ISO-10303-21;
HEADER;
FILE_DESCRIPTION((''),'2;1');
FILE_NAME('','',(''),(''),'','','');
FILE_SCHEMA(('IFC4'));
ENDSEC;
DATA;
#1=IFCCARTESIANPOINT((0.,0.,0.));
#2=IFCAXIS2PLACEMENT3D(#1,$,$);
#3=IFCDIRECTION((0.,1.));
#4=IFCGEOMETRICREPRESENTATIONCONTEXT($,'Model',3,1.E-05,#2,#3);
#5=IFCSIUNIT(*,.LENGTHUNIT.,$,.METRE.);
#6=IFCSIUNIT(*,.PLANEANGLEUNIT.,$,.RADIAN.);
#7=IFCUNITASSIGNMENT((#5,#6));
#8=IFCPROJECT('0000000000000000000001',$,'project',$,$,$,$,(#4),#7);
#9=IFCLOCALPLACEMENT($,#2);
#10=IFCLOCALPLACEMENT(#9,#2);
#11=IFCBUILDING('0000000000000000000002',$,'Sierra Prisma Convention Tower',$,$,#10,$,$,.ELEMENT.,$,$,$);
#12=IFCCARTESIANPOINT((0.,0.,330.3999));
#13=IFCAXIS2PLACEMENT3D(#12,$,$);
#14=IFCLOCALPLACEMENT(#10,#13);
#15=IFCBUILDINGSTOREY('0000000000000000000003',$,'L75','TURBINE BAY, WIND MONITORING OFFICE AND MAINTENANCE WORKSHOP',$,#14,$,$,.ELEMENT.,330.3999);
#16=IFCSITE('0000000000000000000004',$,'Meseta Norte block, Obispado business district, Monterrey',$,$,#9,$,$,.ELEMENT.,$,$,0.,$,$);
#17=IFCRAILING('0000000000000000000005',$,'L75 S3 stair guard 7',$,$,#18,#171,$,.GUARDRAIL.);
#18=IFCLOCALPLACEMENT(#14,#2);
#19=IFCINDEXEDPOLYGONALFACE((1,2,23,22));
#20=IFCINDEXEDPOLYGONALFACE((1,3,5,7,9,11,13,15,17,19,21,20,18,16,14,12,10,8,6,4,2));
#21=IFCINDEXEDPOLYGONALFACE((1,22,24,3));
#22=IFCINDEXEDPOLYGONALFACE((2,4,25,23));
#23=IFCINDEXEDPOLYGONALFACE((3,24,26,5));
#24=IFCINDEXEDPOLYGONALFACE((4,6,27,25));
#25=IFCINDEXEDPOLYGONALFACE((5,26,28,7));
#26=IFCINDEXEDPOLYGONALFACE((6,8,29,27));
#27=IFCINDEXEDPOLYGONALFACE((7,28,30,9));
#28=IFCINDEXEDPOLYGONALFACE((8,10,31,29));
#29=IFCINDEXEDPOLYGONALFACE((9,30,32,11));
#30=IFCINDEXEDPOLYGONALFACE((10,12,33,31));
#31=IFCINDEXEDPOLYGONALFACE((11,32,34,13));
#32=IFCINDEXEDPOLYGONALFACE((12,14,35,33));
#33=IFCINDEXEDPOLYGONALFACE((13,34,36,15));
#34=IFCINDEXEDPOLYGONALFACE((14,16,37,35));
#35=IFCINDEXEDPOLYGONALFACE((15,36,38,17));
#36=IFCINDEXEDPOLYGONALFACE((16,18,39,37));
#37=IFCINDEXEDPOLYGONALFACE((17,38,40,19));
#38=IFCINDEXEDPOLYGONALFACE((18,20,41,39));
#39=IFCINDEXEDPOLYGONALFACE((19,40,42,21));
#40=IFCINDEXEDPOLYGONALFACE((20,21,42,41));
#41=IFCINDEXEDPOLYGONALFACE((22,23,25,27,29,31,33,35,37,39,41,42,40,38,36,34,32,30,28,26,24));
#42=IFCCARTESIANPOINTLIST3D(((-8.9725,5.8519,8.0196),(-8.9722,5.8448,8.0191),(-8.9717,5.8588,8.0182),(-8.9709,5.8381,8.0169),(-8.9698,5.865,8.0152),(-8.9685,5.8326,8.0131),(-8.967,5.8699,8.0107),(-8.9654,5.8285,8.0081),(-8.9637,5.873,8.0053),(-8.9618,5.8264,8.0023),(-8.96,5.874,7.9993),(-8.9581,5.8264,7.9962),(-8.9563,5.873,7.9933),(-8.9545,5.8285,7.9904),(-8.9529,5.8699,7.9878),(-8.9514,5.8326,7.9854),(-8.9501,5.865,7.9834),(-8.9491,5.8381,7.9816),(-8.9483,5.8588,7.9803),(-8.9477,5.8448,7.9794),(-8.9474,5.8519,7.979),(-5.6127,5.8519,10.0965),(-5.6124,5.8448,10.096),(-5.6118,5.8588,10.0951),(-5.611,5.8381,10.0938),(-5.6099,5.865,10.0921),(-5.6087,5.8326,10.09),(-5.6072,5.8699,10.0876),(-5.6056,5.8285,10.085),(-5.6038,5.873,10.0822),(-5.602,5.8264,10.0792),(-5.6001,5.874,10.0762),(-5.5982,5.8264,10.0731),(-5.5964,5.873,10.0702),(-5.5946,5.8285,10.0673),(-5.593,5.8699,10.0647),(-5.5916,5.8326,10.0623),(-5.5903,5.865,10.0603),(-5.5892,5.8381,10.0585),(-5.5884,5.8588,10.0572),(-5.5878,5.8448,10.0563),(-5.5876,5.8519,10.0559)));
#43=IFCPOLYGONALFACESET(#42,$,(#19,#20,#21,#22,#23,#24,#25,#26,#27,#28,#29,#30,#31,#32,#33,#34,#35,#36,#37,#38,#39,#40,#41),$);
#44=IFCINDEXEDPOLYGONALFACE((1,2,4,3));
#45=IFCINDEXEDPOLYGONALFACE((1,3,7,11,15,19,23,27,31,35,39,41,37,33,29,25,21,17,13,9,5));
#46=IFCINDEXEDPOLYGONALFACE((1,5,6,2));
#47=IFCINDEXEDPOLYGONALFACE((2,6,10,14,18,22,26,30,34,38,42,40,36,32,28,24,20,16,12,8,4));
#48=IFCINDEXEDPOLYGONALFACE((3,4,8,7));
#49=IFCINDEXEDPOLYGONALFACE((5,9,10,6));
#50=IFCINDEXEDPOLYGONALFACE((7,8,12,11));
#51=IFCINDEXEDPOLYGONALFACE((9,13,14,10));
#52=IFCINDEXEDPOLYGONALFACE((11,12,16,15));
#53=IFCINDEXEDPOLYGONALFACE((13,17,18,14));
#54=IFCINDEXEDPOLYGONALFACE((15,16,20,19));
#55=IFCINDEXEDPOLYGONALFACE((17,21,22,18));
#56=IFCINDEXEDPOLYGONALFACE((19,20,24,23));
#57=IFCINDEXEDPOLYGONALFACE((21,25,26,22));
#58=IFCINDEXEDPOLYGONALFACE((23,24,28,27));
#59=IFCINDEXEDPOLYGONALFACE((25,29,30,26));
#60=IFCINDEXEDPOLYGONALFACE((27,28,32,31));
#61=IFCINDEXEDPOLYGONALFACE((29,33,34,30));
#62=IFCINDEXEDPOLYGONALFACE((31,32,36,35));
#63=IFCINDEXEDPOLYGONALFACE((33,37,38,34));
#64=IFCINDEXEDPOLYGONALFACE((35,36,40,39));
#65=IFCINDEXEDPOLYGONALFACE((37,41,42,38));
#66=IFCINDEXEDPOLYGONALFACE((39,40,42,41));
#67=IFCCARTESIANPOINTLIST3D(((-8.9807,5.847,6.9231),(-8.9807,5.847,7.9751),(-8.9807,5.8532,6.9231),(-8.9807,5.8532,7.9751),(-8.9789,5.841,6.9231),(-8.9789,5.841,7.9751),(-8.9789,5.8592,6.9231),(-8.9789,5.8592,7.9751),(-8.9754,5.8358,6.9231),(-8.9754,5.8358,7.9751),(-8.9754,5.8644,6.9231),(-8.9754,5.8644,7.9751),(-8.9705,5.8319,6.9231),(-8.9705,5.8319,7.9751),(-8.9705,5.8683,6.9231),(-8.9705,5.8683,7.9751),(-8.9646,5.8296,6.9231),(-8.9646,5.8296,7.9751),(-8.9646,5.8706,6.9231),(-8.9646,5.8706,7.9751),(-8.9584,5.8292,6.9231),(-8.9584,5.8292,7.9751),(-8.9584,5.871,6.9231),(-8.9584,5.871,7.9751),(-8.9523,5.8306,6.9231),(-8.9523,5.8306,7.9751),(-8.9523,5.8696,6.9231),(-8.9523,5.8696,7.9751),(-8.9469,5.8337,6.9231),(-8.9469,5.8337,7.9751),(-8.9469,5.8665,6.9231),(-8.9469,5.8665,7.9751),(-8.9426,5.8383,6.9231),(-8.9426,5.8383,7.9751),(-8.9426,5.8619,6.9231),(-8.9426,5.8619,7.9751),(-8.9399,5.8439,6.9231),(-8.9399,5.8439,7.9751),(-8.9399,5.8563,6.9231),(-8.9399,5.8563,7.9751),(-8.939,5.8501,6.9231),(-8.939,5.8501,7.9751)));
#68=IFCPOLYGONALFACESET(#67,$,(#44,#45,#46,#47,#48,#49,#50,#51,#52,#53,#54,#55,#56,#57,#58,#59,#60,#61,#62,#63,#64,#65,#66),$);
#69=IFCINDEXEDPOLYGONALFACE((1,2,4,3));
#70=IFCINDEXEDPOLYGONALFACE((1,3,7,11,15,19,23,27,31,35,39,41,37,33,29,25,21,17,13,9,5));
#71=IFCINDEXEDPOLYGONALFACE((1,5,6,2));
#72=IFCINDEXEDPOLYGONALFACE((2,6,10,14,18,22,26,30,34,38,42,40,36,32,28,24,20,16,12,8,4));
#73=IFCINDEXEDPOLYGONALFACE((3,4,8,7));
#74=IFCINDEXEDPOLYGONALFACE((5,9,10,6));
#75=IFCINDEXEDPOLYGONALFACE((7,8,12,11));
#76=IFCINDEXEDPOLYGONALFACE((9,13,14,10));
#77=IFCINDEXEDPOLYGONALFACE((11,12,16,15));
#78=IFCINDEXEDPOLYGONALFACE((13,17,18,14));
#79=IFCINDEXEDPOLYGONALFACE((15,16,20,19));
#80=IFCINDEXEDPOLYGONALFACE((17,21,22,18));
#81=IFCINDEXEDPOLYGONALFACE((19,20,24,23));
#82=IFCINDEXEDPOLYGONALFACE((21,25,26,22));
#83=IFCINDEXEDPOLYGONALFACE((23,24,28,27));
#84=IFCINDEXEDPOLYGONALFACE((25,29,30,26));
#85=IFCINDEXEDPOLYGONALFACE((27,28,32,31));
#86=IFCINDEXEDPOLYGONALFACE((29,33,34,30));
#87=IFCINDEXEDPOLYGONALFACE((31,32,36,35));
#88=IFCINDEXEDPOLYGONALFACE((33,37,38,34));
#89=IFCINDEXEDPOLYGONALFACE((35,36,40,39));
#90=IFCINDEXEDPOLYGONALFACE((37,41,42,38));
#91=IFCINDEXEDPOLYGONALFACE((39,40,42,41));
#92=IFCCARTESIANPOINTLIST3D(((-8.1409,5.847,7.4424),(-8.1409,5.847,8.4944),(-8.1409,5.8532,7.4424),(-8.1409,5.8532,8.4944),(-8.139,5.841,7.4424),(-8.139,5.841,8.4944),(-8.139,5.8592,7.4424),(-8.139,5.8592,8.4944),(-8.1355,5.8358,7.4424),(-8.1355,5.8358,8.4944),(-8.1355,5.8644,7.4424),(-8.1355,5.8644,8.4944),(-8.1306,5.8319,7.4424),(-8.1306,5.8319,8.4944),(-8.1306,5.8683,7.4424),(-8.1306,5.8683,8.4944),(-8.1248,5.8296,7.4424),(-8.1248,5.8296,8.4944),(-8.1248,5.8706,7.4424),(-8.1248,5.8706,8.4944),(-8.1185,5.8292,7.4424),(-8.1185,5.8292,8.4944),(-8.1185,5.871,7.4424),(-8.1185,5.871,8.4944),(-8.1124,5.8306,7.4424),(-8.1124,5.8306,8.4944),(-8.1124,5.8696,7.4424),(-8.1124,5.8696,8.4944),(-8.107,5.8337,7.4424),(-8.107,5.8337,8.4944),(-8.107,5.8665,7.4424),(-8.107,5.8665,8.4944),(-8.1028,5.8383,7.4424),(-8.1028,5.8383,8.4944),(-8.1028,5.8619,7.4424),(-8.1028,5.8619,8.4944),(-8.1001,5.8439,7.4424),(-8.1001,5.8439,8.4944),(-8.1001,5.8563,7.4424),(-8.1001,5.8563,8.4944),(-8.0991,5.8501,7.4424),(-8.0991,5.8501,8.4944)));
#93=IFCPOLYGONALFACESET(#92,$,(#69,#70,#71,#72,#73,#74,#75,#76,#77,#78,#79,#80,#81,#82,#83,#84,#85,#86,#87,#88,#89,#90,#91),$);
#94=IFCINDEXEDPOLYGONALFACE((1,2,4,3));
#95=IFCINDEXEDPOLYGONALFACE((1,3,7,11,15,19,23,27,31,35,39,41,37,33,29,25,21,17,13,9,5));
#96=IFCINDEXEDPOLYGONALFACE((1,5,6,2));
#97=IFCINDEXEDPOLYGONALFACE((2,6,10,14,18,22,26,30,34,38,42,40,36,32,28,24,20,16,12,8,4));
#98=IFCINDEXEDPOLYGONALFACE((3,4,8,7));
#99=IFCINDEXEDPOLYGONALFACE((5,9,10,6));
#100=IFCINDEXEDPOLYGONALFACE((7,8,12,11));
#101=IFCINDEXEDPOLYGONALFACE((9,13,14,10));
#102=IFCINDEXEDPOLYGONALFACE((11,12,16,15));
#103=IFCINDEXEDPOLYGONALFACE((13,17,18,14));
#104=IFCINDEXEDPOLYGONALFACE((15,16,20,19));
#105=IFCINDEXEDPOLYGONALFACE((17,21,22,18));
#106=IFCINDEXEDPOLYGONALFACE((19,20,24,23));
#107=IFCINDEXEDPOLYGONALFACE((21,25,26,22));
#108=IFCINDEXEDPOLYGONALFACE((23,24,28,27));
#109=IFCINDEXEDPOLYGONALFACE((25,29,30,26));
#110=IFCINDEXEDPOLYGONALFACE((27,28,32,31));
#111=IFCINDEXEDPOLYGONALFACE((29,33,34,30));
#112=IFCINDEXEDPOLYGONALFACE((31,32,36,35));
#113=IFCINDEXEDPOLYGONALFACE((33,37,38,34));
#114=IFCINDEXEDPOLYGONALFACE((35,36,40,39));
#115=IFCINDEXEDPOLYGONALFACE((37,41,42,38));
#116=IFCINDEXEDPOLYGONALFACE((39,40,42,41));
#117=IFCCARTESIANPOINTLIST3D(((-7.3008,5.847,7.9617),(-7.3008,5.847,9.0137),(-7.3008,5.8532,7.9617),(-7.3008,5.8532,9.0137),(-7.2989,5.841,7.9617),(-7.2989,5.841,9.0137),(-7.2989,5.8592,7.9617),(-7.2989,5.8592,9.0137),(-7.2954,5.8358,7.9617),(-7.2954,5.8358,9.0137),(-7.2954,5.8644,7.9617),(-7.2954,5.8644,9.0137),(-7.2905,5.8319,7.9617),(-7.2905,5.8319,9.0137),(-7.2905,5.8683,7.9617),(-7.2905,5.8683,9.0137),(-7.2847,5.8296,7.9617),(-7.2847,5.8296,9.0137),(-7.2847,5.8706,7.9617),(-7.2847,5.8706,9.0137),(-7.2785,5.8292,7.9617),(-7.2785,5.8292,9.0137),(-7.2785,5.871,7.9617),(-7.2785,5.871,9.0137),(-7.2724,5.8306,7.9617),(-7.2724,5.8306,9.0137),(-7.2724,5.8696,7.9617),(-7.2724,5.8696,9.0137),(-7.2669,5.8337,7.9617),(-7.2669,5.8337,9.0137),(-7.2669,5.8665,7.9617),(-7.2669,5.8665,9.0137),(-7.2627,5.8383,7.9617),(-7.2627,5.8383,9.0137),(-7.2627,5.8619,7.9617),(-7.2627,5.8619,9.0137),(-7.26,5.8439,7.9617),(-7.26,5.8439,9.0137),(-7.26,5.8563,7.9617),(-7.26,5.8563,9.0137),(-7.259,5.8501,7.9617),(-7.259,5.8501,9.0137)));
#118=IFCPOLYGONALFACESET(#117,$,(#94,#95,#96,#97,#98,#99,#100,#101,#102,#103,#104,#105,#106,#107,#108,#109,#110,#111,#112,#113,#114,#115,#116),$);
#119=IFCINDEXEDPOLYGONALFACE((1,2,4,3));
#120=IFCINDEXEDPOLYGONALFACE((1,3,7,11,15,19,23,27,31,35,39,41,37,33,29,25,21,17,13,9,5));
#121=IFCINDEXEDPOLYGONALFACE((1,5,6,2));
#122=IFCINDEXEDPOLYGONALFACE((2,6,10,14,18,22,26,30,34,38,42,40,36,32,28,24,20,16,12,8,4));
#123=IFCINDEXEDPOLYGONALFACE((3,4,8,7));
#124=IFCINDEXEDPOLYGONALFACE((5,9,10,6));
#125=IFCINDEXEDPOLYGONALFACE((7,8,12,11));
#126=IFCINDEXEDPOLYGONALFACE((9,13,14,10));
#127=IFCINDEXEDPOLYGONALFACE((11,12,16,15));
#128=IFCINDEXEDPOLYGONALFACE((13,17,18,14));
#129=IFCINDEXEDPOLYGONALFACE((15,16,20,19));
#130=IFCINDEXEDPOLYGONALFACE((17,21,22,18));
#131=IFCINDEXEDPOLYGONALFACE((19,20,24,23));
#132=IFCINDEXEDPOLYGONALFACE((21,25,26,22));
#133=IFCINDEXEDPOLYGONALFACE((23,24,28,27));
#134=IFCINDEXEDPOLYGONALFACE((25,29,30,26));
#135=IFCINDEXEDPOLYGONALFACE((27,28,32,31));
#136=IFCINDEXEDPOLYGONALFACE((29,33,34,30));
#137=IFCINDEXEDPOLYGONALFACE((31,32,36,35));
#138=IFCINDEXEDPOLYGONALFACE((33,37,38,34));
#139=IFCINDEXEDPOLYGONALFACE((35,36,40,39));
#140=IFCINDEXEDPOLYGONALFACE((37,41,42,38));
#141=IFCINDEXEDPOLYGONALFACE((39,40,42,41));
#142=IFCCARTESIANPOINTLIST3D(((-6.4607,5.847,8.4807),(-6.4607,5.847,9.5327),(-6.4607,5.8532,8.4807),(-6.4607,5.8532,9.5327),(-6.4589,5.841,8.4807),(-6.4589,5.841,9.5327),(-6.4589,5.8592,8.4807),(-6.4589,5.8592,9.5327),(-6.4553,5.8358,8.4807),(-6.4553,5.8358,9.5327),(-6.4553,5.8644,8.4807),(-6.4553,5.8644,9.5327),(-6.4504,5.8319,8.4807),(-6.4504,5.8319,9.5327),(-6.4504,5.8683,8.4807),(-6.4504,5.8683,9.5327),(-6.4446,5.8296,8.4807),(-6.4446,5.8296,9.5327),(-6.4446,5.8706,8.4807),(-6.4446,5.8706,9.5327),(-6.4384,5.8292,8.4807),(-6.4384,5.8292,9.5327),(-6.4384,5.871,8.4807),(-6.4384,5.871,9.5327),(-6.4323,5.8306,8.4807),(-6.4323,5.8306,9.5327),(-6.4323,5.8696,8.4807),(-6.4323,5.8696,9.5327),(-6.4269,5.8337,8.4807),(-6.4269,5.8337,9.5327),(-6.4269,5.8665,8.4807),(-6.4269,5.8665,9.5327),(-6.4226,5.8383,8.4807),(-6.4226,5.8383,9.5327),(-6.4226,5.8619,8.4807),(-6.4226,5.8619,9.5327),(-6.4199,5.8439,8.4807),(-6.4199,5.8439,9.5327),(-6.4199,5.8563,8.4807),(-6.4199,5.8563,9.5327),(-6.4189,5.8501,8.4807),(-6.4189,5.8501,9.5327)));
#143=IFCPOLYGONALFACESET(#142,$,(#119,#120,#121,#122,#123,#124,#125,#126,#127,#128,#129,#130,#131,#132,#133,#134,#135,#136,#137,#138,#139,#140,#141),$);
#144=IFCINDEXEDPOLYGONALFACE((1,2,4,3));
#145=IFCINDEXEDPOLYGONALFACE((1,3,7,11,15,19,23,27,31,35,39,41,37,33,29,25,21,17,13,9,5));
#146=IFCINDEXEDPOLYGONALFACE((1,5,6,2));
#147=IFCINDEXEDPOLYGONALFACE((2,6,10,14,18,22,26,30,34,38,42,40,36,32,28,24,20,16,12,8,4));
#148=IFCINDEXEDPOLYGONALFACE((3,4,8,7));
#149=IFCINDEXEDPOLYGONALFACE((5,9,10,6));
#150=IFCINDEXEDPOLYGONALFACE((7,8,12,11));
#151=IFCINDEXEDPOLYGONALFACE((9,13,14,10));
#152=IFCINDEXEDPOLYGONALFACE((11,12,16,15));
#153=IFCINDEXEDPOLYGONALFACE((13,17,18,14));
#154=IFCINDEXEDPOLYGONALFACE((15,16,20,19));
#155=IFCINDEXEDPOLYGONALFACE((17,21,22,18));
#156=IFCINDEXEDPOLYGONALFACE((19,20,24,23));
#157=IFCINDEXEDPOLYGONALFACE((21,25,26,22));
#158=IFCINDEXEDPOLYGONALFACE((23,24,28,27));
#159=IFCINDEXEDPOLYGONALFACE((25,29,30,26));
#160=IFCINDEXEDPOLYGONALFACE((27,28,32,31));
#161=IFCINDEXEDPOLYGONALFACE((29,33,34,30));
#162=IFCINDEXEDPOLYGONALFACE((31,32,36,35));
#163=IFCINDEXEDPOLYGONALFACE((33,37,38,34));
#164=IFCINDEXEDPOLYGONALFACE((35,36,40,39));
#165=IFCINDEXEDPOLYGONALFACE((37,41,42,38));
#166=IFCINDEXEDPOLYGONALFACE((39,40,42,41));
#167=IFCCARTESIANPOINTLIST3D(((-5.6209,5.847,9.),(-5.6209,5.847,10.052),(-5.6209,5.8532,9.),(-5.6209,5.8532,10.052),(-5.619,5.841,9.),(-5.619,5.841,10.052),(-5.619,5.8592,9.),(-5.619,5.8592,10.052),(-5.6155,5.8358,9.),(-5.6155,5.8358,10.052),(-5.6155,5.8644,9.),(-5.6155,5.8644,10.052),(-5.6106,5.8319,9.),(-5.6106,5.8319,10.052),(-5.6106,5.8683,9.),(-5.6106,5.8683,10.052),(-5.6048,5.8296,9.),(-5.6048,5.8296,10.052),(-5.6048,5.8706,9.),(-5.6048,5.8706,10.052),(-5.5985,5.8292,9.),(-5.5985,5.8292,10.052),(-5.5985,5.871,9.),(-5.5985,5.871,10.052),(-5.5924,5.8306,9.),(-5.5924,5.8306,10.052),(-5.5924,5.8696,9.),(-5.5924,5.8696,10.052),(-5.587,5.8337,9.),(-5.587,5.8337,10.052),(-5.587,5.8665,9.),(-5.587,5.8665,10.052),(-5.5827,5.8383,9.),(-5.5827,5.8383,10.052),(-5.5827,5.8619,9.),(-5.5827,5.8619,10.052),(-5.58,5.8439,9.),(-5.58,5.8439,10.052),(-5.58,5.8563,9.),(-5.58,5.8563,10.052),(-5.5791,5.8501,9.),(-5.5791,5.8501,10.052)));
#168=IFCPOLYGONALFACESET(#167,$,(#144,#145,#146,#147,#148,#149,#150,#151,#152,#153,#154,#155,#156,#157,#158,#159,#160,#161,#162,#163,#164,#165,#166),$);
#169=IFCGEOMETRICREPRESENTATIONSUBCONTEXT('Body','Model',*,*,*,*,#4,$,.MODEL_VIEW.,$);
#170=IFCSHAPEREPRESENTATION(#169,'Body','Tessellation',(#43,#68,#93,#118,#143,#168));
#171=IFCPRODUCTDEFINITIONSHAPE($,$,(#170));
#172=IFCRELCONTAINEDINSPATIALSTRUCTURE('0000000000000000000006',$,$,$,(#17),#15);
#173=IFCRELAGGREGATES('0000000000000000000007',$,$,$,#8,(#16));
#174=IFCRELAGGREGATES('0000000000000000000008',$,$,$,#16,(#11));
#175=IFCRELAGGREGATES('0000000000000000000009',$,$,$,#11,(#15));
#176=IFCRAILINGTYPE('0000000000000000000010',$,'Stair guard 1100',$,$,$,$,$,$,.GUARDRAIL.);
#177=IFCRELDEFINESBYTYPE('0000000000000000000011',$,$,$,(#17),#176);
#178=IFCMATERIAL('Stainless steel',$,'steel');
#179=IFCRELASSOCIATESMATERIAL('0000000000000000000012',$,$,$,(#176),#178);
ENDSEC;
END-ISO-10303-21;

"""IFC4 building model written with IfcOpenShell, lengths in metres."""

from ifc_helpers import new_model, si_unit, direction, frame, origin, origin_2d, place, context, subcontext, project, spatial, circle, extrude, material, type_object, element, save


model = new_model("IFC4")

# Units and contexts
model_context = context("Model", 3, precision=1e-05, world=origin(), true_north=direction((0.0, 1.0)))
body_context = subcontext(model_context, "Body", "Model", "MODEL_VIEW")
ifc_project = project(units=[si_unit("LENGTHUNIT", "METRE"), si_unit("PLANEANGLEUNIT", "RADIAN")], contexts=[model_context])

# Site, building, storey
site_placement = place(None, origin())
site = spatial("IfcSite", under=ifc_project, at=site_placement, Name="Meseta Norte block, Obispado business district, Monterrey", CompositionType="ELEMENT", RefElevation=0.0)
building_placement = place(site_placement, origin())
building = spatial("IfcBuilding", under=site, at=building_placement, Name="Sierra Prisma Convention Tower", CompositionType="ELEMENT")
storey_placement = place(building_placement, frame((0.0, 0.0, 330.3999)))
storey = spatial("IfcBuildingStorey", under=building, at=storey_placement, Name="L75", Description="TURBINE BAY, WIND MONITORING OFFICE AND MAINTENANCE WORKSHOP", CompositionType="ELEMENT", Elevation=330.3999)

# Railing
ifc_material_1 = material(Name="Stainless steel", Category="steel")
railing_type_1 = type_object("IfcRailingType", Name="Stair guard 1100", PredefinedType="GUARDRAIL", material=ifc_material_1)
railing_1_placement = place(storey_placement, frame((-8.96, 5.8501, 6.9231)))
element("IfcRailing", 1, at=railing_1_placement, inside=storey, type_object=railing_type_1, Name="L75 S3 stair guard 7", PredefinedType="GUARDRAIL", context=body_context, shape_type="SweptSolid", body=[
    extrude(circle(Radius=0.0239, at=origin_2d()), frame((0.0, 0.0, 1.0762), z_axis=(0.850606, 0.0, 0.525803), x_axis=(0.0, 1.0, 0.0)), (0.0, 0.0, 1.0), 3.95),
    extrude(circle(Radius=0.021, at=origin_2d()), origin(), (0.0, 0.0, 1.0), 1.052),
    extrude(circle(Radius=0.021, at=origin_2d()), frame((0.8398, 0.0, 0.5193)), (0.0, 0.0, 1.0), 1.052),
    extrude(circle(Radius=0.021, at=origin_2d()), frame((1.6799, 0.0, 1.0386)), (0.0, 0.0, 1.0), 1.052),
    extrude(circle(Radius=0.021, at=origin_2d()), frame((2.52, 0.0, 1.5576)), (0.0, 0.0, 1.0), 1.052),
    extrude(circle(Radius=0.021, at=origin_2d()), frame((3.3599, 0.0, 2.0769)), (0.0, 0.0, 1.0), 1.052),
])

save(model, "model.ifc")
